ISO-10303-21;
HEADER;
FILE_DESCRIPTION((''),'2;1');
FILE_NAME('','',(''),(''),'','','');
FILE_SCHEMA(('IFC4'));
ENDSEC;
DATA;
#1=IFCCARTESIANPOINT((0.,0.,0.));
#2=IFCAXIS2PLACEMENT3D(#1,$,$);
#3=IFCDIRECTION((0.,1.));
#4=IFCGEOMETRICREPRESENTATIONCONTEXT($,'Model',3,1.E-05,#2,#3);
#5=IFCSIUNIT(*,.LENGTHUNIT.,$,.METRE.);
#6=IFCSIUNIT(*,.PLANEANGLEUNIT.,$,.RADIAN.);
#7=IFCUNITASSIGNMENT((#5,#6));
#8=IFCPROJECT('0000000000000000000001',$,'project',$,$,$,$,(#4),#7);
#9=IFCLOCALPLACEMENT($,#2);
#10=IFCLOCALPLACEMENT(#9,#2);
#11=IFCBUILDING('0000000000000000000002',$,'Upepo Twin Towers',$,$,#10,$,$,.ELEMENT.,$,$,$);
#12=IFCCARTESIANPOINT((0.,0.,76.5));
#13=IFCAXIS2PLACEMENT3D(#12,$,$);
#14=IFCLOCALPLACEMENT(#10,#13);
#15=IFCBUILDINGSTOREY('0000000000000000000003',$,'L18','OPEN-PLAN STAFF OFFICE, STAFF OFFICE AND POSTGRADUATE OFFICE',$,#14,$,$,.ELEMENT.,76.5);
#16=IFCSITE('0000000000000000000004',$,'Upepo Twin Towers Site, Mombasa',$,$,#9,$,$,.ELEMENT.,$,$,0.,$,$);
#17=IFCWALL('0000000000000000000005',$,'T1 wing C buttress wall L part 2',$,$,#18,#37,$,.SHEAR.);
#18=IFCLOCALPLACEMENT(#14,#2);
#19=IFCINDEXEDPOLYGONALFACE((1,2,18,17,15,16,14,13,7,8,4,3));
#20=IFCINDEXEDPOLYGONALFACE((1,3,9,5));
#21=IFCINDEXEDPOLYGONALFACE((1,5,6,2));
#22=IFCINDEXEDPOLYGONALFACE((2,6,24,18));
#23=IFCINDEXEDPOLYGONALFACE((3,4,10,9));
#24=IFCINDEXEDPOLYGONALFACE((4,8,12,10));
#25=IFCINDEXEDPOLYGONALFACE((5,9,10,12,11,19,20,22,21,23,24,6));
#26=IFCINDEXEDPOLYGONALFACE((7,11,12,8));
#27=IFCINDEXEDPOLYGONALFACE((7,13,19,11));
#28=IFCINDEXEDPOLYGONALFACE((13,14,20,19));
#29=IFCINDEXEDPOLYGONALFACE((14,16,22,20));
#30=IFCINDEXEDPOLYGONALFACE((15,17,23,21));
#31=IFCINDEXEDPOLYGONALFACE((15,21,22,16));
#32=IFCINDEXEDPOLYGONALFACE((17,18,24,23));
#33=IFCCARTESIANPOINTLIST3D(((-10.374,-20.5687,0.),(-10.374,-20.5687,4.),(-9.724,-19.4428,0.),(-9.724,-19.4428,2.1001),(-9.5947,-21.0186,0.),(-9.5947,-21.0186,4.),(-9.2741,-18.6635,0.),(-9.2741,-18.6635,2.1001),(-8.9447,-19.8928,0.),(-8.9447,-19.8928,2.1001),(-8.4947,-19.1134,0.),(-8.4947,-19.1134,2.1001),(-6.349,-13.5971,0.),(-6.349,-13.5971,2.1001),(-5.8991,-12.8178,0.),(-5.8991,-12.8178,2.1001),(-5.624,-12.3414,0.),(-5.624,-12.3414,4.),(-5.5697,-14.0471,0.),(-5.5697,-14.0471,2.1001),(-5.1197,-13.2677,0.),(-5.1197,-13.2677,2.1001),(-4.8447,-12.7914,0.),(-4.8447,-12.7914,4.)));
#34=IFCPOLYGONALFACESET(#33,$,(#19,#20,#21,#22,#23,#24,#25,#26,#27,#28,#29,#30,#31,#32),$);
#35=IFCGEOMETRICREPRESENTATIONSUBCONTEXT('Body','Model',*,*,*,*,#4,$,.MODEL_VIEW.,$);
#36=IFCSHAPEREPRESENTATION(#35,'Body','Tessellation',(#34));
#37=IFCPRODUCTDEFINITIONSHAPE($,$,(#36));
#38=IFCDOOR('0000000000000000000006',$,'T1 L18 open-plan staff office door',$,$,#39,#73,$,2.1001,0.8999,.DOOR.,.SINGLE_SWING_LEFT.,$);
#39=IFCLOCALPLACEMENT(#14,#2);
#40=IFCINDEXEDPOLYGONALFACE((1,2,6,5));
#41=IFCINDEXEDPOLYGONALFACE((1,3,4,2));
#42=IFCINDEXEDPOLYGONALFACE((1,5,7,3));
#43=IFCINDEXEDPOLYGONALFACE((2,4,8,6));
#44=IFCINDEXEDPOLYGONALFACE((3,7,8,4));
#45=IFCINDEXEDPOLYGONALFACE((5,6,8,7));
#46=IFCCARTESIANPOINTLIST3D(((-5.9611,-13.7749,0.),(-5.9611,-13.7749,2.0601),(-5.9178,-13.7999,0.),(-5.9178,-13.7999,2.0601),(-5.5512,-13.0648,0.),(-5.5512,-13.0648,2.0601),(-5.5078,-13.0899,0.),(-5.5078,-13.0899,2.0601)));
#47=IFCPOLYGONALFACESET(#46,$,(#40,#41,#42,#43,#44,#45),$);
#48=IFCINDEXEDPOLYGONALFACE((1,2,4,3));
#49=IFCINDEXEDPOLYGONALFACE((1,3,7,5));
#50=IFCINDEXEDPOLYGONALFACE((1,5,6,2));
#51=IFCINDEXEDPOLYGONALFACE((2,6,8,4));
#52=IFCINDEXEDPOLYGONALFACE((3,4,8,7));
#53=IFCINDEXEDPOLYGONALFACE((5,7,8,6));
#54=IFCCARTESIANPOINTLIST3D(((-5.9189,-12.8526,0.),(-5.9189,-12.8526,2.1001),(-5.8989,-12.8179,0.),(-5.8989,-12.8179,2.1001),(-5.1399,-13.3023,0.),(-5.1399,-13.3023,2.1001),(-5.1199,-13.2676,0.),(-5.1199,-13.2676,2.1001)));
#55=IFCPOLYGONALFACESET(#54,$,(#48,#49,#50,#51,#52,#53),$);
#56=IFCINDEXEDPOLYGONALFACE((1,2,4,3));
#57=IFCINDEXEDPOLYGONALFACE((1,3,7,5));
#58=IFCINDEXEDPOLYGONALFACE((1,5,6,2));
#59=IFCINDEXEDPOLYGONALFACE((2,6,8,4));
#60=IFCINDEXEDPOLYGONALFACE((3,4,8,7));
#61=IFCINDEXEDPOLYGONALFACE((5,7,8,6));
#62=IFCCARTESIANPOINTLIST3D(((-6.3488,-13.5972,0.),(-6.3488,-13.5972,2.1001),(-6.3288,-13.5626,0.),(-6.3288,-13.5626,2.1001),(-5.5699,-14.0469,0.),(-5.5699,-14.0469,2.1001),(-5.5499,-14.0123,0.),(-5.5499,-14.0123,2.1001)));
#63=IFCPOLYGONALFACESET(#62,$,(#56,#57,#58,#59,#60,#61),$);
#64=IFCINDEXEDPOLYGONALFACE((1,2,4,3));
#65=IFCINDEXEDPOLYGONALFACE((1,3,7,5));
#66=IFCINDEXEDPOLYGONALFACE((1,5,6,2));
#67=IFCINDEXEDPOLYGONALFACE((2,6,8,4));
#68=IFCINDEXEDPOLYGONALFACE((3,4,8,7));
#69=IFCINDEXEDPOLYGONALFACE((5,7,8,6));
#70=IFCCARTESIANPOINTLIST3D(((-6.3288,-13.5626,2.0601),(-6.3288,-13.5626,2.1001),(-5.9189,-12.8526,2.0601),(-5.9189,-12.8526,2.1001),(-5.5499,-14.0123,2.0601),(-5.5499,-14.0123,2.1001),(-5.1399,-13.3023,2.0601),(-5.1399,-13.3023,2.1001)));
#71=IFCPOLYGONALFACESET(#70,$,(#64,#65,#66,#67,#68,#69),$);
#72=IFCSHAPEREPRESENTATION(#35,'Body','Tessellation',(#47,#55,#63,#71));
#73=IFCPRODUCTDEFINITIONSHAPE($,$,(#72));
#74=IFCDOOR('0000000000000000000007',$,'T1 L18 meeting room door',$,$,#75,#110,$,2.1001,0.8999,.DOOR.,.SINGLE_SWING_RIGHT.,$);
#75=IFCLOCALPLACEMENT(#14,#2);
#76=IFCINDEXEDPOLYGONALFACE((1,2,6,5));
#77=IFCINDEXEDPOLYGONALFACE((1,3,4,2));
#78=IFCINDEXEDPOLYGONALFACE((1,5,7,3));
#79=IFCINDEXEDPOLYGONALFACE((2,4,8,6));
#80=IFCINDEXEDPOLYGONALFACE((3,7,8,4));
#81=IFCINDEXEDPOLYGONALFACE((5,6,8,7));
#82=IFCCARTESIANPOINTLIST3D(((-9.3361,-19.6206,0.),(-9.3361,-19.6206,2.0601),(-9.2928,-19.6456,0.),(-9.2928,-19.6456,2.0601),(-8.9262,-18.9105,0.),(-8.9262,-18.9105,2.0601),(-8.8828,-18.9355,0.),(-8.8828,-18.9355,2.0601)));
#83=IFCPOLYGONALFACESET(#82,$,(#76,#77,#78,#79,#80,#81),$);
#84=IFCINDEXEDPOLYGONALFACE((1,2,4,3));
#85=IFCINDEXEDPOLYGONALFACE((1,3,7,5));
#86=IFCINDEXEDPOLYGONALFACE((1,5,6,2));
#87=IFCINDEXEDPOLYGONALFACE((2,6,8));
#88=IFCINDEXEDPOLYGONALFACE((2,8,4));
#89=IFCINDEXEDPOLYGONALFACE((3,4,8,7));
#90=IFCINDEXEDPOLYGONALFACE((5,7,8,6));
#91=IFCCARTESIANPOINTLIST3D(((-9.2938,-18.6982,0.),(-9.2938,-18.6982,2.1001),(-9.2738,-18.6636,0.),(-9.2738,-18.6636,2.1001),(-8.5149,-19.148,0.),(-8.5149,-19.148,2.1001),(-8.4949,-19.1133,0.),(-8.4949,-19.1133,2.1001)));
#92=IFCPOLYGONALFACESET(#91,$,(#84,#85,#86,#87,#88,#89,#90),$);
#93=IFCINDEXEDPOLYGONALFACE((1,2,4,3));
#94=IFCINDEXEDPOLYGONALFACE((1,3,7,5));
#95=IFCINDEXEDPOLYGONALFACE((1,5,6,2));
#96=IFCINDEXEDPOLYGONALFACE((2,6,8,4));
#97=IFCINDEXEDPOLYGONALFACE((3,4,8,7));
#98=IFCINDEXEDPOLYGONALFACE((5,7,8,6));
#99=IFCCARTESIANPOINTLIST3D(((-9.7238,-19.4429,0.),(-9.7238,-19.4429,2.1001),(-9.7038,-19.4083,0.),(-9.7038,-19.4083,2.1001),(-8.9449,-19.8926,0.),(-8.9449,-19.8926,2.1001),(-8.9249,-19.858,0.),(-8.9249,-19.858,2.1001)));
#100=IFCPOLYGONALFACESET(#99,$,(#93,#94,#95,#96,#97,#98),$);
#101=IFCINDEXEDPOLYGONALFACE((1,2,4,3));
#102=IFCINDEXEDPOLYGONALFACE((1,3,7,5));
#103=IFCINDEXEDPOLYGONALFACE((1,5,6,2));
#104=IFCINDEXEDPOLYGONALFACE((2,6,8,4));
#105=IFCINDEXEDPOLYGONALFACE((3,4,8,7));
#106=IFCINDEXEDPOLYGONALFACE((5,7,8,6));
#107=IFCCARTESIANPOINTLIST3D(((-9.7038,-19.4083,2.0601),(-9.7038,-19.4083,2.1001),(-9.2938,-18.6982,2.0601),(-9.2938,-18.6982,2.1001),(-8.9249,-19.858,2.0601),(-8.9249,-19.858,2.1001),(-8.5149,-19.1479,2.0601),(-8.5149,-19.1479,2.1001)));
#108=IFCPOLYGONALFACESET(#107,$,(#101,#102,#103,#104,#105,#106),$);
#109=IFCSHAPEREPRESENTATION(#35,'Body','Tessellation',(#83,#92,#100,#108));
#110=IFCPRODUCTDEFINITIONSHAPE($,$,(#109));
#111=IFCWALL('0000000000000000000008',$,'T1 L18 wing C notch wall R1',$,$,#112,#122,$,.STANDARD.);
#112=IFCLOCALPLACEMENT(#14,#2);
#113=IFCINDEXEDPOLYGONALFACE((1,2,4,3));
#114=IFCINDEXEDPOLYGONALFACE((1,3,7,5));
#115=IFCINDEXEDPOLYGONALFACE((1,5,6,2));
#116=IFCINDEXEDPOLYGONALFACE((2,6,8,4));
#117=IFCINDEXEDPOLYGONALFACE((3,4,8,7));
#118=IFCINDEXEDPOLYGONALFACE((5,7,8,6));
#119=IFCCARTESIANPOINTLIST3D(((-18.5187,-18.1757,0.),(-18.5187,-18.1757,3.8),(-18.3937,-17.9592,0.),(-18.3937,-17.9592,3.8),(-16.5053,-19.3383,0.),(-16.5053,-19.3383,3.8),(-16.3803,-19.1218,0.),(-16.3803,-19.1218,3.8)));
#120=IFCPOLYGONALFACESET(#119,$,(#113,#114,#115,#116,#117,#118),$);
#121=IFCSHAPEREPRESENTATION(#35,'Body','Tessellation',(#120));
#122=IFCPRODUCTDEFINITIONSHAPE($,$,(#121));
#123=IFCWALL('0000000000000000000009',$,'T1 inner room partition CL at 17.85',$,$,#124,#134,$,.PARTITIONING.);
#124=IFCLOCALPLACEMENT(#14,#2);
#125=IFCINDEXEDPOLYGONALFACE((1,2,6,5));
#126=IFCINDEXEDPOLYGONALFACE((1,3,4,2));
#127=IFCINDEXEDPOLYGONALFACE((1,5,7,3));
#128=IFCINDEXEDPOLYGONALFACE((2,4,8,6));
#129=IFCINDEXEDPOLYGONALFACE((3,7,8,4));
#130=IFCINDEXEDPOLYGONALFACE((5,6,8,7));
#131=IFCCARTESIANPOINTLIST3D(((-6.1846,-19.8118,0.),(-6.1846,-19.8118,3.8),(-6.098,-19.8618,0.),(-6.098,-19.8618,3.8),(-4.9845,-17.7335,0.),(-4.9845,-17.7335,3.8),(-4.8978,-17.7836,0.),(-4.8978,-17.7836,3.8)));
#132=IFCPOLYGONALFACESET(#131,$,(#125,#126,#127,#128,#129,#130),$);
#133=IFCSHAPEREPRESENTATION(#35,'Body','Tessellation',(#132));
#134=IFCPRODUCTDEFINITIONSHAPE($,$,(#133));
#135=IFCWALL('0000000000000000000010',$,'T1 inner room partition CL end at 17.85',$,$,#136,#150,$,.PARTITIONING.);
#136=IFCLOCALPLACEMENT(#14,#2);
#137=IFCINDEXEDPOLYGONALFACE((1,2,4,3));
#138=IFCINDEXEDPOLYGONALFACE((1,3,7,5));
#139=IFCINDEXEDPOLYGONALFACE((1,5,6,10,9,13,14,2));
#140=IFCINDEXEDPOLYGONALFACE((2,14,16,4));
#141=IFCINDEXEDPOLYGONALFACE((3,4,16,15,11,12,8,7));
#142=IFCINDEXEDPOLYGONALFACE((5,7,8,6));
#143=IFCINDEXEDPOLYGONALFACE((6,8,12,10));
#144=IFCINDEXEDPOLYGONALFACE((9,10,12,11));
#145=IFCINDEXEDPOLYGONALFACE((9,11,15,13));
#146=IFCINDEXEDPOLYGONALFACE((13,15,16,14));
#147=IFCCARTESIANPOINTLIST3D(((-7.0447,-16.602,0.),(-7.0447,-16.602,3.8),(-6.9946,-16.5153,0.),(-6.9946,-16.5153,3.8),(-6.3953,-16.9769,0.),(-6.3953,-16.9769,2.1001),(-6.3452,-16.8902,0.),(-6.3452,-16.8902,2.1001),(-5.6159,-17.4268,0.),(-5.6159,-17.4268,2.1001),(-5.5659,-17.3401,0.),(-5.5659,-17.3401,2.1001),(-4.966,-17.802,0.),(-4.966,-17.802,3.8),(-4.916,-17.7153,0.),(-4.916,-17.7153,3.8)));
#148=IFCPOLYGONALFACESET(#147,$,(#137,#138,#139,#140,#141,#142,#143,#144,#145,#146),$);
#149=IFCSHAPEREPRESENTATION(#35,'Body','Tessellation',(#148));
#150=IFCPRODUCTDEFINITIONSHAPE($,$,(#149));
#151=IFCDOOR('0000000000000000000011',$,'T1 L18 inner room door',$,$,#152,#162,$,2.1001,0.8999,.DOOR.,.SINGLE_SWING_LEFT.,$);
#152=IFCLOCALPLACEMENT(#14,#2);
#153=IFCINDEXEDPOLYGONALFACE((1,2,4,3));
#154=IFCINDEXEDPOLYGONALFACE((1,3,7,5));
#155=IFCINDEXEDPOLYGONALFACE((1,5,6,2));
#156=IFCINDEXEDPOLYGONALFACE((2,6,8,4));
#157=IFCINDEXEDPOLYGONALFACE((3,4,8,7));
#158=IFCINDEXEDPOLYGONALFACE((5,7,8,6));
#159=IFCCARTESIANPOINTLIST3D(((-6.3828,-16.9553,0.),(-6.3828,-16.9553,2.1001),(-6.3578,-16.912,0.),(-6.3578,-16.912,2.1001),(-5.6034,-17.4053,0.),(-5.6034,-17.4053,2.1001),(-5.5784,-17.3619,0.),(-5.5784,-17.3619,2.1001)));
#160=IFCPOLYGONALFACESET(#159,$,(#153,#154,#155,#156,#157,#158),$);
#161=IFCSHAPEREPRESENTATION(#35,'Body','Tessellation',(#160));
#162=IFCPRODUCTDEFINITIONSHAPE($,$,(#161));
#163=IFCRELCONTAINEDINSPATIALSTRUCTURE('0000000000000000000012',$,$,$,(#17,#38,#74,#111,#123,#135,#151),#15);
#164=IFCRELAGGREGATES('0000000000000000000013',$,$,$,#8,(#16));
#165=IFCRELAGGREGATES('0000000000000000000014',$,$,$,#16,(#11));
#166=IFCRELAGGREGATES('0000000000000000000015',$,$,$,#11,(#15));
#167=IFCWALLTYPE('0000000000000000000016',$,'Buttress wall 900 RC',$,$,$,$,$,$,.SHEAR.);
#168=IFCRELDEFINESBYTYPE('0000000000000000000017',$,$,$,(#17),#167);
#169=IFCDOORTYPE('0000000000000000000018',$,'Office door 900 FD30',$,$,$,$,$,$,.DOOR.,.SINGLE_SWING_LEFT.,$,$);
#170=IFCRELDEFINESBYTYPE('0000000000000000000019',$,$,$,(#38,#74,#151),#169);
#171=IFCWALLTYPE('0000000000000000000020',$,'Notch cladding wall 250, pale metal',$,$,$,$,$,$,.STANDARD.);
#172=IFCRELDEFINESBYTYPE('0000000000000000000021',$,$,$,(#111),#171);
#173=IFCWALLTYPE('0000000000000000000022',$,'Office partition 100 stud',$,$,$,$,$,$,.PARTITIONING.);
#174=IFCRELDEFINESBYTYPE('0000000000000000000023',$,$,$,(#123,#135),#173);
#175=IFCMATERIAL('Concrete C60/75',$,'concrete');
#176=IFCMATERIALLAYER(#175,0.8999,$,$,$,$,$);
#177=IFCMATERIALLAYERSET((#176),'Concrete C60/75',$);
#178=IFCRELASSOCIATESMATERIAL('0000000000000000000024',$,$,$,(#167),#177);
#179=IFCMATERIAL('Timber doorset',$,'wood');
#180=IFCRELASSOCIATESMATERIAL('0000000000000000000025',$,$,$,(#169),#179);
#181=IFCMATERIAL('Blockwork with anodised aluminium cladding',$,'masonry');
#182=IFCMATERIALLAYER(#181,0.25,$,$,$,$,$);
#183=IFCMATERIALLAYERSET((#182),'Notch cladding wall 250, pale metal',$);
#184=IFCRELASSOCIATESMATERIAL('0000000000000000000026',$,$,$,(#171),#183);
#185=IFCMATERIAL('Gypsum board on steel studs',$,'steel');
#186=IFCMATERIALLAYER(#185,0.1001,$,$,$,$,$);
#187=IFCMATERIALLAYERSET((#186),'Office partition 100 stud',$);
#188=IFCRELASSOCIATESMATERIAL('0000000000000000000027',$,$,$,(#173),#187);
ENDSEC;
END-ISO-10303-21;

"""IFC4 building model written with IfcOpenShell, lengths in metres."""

from ifc_helpers import new_model, si_unit, direction, frame, frame_2d, origin, place, context, subcontext, project, spatial, rectangle, extrude, material, layer, layer_set, type_object, element, fill, save


model = new_model("IFC4")

# Units and contexts
model_context = context("Model", 3, precision=1e-05, world=origin(), true_north=direction((0.0, 1.0)))
body_context = subcontext(model_context, "Body", "Model", "MODEL_VIEW")
ifc_project = project(units=[si_unit("LENGTHUNIT", "METRE"), si_unit("PLANEANGLEUNIT", "RADIAN")], contexts=[model_context])

# Site, building, storey
site_placement = place(None, origin())
site = spatial("IfcSite", under=ifc_project, at=site_placement, Name="Upepo Twin Towers Site, Mombasa", CompositionType="ELEMENT", RefElevation=0.0)
building_placement = place(site_placement, origin())
building = spatial("IfcBuilding", under=site, at=building_placement, Name="Upepo Twin Towers", CompositionType="ELEMENT")
storey_placement = place(building_placement, frame((0.0, 0.0, 76.5)))
storey = spatial("IfcBuildingStorey", under=building, at=storey_placement, Name="L18", Description="OPEN-PLAN STAFF OFFICE, STAFF OFFICE AND POSTGRADUATE OFFICE", CompositionType="ELEMENT", Elevation=76.5)

# Wall, openings, doors
ifc_material_1 = material(Name="Concrete C60/75", Category="concrete")
ifc_layer_1 = layer(ifc_material_1, 0.8999)
ifc_layer_set_1 = layer_set([ifc_layer_1], Name="Concrete C60/75")
wall_type_1 = type_object("IfcWallType", Name="Buttress wall 900 RC", PredefinedType="SHEAR", material=ifc_layer_set_1)
wall_1_placement = place(storey_placement, frame((-5.2344, -12.5664, 0.0), z_axis=(0.0, 0.0, 1.0), x_axis=(-0.499998, -0.866027, 0.0)))
wall_1 = element("IfcWall", 1, at=wall_1_placement, inside=storey, type_object=wall_type_1, Name="T1 wing C buttress wall L part 2", PredefinedType="SHEAR", context=body_context, shape_type="SweptSolid", body=[
    extrude(rectangle(XDim=9.5, YDim=0.8999, at=frame_2d((4.75, 0.0))), origin(), (0.0, 0.0, 1.0), 4.0),
])
opening_1_placement = place(wall_1_placement, frame((0.55, 0.0, 0.0)))
opening_1 = element("IfcOpeningElement", 2, at=opening_1_placement, cuts=wall_1, PredefinedType="OPENING", context=body_context, shape_type="SweptSolid", body=[
    extrude(rectangle(XDim=0.8999, YDim=2.1001, at=frame_2d((0.45, 1.05))), frame((0.0, 0.46, 0.0), z_axis=(0.0, -1.0, 0.0), x_axis=(1.0, 0.0, 0.0)), (0.0, 0.0, 1.0), 0.9199),
])
opening_2_placement = place(wall_1_placement, frame((7.3, 0.0, 0.0)))
opening_2 = element("IfcOpeningElement", 3, at=opening_2_placement, cuts=wall_1, PredefinedType="OPENING", context=body_context, shape_type="SweptSolid", body=[
    extrude(rectangle(XDim=0.8999, YDim=2.1001, at=frame_2d((0.45, 1.05))), frame((0.0, 0.46, 0.0), z_axis=(0.0, -1.0, 0.0), x_axis=(1.0, 0.0, 0.0)), (0.0, 0.0, 1.0), 0.9199),
])
ifc_material_2 = material(Name="Timber doorset", Category="wood")
door_type = type_object("IfcDoorType", Name="Office door 900 FD30", OperationType="SINGLE_SWING_LEFT", PredefinedType="DOOR", material=ifc_material_2)
door_1_placement = place(opening_1_placement, origin())
door_1 = element("IfcDoor", 4, at=door_1_placement, inside=storey, type_object=door_type, Name="T1 L18 open-plan staff office door", OperationType="SINGLE_SWING_LEFT", OverallHeight=2.1001, OverallWidth=0.8999, PredefinedType="DOOR", context=body_context, shape_type="SweptSolid", body=[
    extrude(rectangle(XDim=0.8199, YDim=2.0601, at=frame_2d((0.45, 1.03))), frame((0.0, 0.0249, 0.0), z_axis=(0.0, -1.0, 0.0), x_axis=(1.0, 0.0, 0.0)), (0.0, 0.0, 1.0), 0.05),
    extrude(rectangle(XDim=0.04, YDim=2.1001, at=frame_2d((0.02, 1.05))), frame((0.0, 0.4497, 0.0), z_axis=(0.0, -1.0, 0.0), x_axis=(1.0, 0.0, 0.0)), (0.0, 0.0, 1.0), 0.8994),
    extrude(rectangle(XDim=0.04, YDim=2.1001, at=frame_2d((0.8799, 1.05))), frame((0.0, 0.4497, 0.0), z_axis=(0.0, -1.0, 0.0), x_axis=(1.0, 0.0, 0.0)), (0.0, 0.0, 1.0), 0.8994),
    extrude(rectangle(XDim=0.8199, YDim=0.04, at=frame_2d((0.45, 2.0801))), frame((0.0, 0.4497, 0.0), z_axis=(0.0, -1.0, 0.0), x_axis=(1.0, 0.0, 0.0)), (0.0, 0.0, 1.0), 0.8994),
])
fill(opening_1, door_1)
door_2_placement = place(opening_2_placement, origin())
door_2 = element("IfcDoor", 5, at=door_2_placement, inside=storey, type_object=door_type, Name="T1 L18 meeting room door", OperationType="SINGLE_SWING_RIGHT", OverallHeight=2.1001, OverallWidth=0.8999, PredefinedType="DOOR", context=body_context, shape_type="SweptSolid", body=[
    extrude(rectangle(XDim=0.8199, YDim=2.0601, at=frame_2d((0.45, 1.03))), frame((0.0, 0.0249, 0.0), z_axis=(0.0, -1.0, 0.0), x_axis=(1.0, 0.0, 0.0)), (0.0, 0.0, 1.0), 0.05),
    extrude(rectangle(XDim=0.04, YDim=2.1001, at=frame_2d((0.02, 1.05))), frame((0.0, 0.4497, 0.0), z_axis=(0.0, -1.0, 0.0), x_axis=(1.0, 0.0, 0.0)), (0.0, 0.0, 1.0), 0.8994),
    extrude(rectangle(XDim=0.04, YDim=2.1001, at=frame_2d((0.8799, 1.05))), frame((0.0, 0.4497, 0.0), z_axis=(0.0, -1.0, 0.0), x_axis=(1.0, 0.0, 0.0)), (0.0, 0.0, 1.0), 0.8994),
    extrude(rectangle(XDim=0.8199, YDim=0.04, at=frame_2d((0.45, 2.0801))), frame((0.0, 0.4497, 0.0), z_axis=(0.0, -1.0, 0.0), x_axis=(1.0, 0.0, 0.0)), (0.0, 0.0, 1.0), 0.8994),
])
fill(opening_2, door_2)

# Walls
ifc_material_3 = material(Name="Blockwork with anodised aluminium cladding", Category="masonry")
ifc_layer_2 = layer(ifc_material_3, 0.25)
ifc_layer_set_2 = layer_set([ifc_layer_2], Name="Notch cladding wall 250, pale metal")
wall_type_2 = type_object("IfcWallType", Name="Notch cladding wall 250, pale metal", PredefinedType="STANDARD", material=ifc_layer_set_2)
wall_2_placement = place(storey_placement, frame((-18.4563, -18.0674, 0.0), z_axis=(0.0, 0.0, 1.0), x_axis=(0.865998, -0.500047, 0.0)))
element("IfcWall", 6, at=wall_2_placement, inside=storey, type_object=wall_type_2, Name="T1 L18 wing C notch wall R1", PredefinedType="STANDARD", context=body_context, shape_type="SweptSolid", body=[
    extrude(rectangle(XDim=2.325, YDim=0.25, at=frame_2d((1.1626, 0.0))), origin(), (0.0, 0.0, 1.0), 3.8),
])
ifc_material_4 = material(Name="Gypsum board on steel studs", Category="steel")
ifc_layer_3 = layer(ifc_material_4, 0.1001)
ifc_layer_set_3 = layer_set([ifc_layer_3], Name="Office partition 100 stud")
wall_type_3 = type_object("IfcWallType", Name="Office partition 100 stud", PredefinedType="PARTITIONING", material=ifc_layer_set_3)
wall_3_placement = place(storey_placement, frame((-4.9412, -17.7585, 0.0), z_axis=(0.0, 0.0, 1.0), x_axis=(-0.500078, -0.865981, 0.0)))
element("IfcWall", 7, at=wall_3_placement, inside=storey, type_object=wall_type_3, Name="T1 inner room partition CL at 17.85", PredefinedType="PARTITIONING", context=body_context, shape_type="SweptSolid", body=[
    extrude(rectangle(XDim=2.3999, YDim=0.1001, at=frame_2d((1.2, 0.0))), origin(), (0.0, 0.0, 1.0), 3.8),
])

# Wall, opening, door
wall_4_placement = place(storey_placement, frame((-7.0198, -16.5586, 0.0), z_axis=(0.0, 0.0, 1.0), x_axis=(0.86605, -0.499957, 0.0)))
wall_4 = element("IfcWall", 8, at=wall_4_placement, inside=storey, type_object=wall_type_3, Name="T1 inner room partition CL end at 17.85", PredefinedType="PARTITIONING", context=body_context, shape_type="SweptSolid", body=[
    extrude(rectangle(XDim=2.4001, YDim=0.1001, at=frame_2d((1.2002, 0.0))), origin(), (0.0, 0.0, 1.0), 3.8),
])
opening_3_placement = place(wall_4_placement, frame((0.75, 0.0, 0.0)))
opening_3 = element("IfcOpeningElement", 9, at=opening_3_placement, cuts=wall_4, PredefinedType="OPENING", context=body_context, shape_type="SweptSolid", body=[
    extrude(rectangle(XDim=0.8999, YDim=2.1001, at=frame_2d((0.45, 1.05))), frame((0.0, 0.0601, 0.0), z_axis=(0.0, -1.0, 0.0), x_axis=(1.0, 0.0, 0.0)), (0.0, 0.0, 1.0), 0.1201),
])
door_3_placement = place(opening_3_placement, origin())
door_3 = element("IfcDoor", 10, at=door_3_placement, inside=storey, type_object=door_type, Name="T1 L18 inner room door", OperationType="SINGLE_SWING_LEFT", OverallHeight=2.1001, OverallWidth=0.8999, PredefinedType="DOOR", context=body_context, shape_type="SweptSolid", body=[
    extrude(rectangle(XDim=0.8999, YDim=2.1001, at=frame_2d((0.45, 1.05))), frame((0.0, 0.0249, 0.0), z_axis=(0.0, -1.0, 0.0), x_axis=(1.0, 0.0, 0.0)), (0.0, 0.0, 1.0), 0.05),
])
fill(opening_3, door_3)

save(model, "model.ifc")
